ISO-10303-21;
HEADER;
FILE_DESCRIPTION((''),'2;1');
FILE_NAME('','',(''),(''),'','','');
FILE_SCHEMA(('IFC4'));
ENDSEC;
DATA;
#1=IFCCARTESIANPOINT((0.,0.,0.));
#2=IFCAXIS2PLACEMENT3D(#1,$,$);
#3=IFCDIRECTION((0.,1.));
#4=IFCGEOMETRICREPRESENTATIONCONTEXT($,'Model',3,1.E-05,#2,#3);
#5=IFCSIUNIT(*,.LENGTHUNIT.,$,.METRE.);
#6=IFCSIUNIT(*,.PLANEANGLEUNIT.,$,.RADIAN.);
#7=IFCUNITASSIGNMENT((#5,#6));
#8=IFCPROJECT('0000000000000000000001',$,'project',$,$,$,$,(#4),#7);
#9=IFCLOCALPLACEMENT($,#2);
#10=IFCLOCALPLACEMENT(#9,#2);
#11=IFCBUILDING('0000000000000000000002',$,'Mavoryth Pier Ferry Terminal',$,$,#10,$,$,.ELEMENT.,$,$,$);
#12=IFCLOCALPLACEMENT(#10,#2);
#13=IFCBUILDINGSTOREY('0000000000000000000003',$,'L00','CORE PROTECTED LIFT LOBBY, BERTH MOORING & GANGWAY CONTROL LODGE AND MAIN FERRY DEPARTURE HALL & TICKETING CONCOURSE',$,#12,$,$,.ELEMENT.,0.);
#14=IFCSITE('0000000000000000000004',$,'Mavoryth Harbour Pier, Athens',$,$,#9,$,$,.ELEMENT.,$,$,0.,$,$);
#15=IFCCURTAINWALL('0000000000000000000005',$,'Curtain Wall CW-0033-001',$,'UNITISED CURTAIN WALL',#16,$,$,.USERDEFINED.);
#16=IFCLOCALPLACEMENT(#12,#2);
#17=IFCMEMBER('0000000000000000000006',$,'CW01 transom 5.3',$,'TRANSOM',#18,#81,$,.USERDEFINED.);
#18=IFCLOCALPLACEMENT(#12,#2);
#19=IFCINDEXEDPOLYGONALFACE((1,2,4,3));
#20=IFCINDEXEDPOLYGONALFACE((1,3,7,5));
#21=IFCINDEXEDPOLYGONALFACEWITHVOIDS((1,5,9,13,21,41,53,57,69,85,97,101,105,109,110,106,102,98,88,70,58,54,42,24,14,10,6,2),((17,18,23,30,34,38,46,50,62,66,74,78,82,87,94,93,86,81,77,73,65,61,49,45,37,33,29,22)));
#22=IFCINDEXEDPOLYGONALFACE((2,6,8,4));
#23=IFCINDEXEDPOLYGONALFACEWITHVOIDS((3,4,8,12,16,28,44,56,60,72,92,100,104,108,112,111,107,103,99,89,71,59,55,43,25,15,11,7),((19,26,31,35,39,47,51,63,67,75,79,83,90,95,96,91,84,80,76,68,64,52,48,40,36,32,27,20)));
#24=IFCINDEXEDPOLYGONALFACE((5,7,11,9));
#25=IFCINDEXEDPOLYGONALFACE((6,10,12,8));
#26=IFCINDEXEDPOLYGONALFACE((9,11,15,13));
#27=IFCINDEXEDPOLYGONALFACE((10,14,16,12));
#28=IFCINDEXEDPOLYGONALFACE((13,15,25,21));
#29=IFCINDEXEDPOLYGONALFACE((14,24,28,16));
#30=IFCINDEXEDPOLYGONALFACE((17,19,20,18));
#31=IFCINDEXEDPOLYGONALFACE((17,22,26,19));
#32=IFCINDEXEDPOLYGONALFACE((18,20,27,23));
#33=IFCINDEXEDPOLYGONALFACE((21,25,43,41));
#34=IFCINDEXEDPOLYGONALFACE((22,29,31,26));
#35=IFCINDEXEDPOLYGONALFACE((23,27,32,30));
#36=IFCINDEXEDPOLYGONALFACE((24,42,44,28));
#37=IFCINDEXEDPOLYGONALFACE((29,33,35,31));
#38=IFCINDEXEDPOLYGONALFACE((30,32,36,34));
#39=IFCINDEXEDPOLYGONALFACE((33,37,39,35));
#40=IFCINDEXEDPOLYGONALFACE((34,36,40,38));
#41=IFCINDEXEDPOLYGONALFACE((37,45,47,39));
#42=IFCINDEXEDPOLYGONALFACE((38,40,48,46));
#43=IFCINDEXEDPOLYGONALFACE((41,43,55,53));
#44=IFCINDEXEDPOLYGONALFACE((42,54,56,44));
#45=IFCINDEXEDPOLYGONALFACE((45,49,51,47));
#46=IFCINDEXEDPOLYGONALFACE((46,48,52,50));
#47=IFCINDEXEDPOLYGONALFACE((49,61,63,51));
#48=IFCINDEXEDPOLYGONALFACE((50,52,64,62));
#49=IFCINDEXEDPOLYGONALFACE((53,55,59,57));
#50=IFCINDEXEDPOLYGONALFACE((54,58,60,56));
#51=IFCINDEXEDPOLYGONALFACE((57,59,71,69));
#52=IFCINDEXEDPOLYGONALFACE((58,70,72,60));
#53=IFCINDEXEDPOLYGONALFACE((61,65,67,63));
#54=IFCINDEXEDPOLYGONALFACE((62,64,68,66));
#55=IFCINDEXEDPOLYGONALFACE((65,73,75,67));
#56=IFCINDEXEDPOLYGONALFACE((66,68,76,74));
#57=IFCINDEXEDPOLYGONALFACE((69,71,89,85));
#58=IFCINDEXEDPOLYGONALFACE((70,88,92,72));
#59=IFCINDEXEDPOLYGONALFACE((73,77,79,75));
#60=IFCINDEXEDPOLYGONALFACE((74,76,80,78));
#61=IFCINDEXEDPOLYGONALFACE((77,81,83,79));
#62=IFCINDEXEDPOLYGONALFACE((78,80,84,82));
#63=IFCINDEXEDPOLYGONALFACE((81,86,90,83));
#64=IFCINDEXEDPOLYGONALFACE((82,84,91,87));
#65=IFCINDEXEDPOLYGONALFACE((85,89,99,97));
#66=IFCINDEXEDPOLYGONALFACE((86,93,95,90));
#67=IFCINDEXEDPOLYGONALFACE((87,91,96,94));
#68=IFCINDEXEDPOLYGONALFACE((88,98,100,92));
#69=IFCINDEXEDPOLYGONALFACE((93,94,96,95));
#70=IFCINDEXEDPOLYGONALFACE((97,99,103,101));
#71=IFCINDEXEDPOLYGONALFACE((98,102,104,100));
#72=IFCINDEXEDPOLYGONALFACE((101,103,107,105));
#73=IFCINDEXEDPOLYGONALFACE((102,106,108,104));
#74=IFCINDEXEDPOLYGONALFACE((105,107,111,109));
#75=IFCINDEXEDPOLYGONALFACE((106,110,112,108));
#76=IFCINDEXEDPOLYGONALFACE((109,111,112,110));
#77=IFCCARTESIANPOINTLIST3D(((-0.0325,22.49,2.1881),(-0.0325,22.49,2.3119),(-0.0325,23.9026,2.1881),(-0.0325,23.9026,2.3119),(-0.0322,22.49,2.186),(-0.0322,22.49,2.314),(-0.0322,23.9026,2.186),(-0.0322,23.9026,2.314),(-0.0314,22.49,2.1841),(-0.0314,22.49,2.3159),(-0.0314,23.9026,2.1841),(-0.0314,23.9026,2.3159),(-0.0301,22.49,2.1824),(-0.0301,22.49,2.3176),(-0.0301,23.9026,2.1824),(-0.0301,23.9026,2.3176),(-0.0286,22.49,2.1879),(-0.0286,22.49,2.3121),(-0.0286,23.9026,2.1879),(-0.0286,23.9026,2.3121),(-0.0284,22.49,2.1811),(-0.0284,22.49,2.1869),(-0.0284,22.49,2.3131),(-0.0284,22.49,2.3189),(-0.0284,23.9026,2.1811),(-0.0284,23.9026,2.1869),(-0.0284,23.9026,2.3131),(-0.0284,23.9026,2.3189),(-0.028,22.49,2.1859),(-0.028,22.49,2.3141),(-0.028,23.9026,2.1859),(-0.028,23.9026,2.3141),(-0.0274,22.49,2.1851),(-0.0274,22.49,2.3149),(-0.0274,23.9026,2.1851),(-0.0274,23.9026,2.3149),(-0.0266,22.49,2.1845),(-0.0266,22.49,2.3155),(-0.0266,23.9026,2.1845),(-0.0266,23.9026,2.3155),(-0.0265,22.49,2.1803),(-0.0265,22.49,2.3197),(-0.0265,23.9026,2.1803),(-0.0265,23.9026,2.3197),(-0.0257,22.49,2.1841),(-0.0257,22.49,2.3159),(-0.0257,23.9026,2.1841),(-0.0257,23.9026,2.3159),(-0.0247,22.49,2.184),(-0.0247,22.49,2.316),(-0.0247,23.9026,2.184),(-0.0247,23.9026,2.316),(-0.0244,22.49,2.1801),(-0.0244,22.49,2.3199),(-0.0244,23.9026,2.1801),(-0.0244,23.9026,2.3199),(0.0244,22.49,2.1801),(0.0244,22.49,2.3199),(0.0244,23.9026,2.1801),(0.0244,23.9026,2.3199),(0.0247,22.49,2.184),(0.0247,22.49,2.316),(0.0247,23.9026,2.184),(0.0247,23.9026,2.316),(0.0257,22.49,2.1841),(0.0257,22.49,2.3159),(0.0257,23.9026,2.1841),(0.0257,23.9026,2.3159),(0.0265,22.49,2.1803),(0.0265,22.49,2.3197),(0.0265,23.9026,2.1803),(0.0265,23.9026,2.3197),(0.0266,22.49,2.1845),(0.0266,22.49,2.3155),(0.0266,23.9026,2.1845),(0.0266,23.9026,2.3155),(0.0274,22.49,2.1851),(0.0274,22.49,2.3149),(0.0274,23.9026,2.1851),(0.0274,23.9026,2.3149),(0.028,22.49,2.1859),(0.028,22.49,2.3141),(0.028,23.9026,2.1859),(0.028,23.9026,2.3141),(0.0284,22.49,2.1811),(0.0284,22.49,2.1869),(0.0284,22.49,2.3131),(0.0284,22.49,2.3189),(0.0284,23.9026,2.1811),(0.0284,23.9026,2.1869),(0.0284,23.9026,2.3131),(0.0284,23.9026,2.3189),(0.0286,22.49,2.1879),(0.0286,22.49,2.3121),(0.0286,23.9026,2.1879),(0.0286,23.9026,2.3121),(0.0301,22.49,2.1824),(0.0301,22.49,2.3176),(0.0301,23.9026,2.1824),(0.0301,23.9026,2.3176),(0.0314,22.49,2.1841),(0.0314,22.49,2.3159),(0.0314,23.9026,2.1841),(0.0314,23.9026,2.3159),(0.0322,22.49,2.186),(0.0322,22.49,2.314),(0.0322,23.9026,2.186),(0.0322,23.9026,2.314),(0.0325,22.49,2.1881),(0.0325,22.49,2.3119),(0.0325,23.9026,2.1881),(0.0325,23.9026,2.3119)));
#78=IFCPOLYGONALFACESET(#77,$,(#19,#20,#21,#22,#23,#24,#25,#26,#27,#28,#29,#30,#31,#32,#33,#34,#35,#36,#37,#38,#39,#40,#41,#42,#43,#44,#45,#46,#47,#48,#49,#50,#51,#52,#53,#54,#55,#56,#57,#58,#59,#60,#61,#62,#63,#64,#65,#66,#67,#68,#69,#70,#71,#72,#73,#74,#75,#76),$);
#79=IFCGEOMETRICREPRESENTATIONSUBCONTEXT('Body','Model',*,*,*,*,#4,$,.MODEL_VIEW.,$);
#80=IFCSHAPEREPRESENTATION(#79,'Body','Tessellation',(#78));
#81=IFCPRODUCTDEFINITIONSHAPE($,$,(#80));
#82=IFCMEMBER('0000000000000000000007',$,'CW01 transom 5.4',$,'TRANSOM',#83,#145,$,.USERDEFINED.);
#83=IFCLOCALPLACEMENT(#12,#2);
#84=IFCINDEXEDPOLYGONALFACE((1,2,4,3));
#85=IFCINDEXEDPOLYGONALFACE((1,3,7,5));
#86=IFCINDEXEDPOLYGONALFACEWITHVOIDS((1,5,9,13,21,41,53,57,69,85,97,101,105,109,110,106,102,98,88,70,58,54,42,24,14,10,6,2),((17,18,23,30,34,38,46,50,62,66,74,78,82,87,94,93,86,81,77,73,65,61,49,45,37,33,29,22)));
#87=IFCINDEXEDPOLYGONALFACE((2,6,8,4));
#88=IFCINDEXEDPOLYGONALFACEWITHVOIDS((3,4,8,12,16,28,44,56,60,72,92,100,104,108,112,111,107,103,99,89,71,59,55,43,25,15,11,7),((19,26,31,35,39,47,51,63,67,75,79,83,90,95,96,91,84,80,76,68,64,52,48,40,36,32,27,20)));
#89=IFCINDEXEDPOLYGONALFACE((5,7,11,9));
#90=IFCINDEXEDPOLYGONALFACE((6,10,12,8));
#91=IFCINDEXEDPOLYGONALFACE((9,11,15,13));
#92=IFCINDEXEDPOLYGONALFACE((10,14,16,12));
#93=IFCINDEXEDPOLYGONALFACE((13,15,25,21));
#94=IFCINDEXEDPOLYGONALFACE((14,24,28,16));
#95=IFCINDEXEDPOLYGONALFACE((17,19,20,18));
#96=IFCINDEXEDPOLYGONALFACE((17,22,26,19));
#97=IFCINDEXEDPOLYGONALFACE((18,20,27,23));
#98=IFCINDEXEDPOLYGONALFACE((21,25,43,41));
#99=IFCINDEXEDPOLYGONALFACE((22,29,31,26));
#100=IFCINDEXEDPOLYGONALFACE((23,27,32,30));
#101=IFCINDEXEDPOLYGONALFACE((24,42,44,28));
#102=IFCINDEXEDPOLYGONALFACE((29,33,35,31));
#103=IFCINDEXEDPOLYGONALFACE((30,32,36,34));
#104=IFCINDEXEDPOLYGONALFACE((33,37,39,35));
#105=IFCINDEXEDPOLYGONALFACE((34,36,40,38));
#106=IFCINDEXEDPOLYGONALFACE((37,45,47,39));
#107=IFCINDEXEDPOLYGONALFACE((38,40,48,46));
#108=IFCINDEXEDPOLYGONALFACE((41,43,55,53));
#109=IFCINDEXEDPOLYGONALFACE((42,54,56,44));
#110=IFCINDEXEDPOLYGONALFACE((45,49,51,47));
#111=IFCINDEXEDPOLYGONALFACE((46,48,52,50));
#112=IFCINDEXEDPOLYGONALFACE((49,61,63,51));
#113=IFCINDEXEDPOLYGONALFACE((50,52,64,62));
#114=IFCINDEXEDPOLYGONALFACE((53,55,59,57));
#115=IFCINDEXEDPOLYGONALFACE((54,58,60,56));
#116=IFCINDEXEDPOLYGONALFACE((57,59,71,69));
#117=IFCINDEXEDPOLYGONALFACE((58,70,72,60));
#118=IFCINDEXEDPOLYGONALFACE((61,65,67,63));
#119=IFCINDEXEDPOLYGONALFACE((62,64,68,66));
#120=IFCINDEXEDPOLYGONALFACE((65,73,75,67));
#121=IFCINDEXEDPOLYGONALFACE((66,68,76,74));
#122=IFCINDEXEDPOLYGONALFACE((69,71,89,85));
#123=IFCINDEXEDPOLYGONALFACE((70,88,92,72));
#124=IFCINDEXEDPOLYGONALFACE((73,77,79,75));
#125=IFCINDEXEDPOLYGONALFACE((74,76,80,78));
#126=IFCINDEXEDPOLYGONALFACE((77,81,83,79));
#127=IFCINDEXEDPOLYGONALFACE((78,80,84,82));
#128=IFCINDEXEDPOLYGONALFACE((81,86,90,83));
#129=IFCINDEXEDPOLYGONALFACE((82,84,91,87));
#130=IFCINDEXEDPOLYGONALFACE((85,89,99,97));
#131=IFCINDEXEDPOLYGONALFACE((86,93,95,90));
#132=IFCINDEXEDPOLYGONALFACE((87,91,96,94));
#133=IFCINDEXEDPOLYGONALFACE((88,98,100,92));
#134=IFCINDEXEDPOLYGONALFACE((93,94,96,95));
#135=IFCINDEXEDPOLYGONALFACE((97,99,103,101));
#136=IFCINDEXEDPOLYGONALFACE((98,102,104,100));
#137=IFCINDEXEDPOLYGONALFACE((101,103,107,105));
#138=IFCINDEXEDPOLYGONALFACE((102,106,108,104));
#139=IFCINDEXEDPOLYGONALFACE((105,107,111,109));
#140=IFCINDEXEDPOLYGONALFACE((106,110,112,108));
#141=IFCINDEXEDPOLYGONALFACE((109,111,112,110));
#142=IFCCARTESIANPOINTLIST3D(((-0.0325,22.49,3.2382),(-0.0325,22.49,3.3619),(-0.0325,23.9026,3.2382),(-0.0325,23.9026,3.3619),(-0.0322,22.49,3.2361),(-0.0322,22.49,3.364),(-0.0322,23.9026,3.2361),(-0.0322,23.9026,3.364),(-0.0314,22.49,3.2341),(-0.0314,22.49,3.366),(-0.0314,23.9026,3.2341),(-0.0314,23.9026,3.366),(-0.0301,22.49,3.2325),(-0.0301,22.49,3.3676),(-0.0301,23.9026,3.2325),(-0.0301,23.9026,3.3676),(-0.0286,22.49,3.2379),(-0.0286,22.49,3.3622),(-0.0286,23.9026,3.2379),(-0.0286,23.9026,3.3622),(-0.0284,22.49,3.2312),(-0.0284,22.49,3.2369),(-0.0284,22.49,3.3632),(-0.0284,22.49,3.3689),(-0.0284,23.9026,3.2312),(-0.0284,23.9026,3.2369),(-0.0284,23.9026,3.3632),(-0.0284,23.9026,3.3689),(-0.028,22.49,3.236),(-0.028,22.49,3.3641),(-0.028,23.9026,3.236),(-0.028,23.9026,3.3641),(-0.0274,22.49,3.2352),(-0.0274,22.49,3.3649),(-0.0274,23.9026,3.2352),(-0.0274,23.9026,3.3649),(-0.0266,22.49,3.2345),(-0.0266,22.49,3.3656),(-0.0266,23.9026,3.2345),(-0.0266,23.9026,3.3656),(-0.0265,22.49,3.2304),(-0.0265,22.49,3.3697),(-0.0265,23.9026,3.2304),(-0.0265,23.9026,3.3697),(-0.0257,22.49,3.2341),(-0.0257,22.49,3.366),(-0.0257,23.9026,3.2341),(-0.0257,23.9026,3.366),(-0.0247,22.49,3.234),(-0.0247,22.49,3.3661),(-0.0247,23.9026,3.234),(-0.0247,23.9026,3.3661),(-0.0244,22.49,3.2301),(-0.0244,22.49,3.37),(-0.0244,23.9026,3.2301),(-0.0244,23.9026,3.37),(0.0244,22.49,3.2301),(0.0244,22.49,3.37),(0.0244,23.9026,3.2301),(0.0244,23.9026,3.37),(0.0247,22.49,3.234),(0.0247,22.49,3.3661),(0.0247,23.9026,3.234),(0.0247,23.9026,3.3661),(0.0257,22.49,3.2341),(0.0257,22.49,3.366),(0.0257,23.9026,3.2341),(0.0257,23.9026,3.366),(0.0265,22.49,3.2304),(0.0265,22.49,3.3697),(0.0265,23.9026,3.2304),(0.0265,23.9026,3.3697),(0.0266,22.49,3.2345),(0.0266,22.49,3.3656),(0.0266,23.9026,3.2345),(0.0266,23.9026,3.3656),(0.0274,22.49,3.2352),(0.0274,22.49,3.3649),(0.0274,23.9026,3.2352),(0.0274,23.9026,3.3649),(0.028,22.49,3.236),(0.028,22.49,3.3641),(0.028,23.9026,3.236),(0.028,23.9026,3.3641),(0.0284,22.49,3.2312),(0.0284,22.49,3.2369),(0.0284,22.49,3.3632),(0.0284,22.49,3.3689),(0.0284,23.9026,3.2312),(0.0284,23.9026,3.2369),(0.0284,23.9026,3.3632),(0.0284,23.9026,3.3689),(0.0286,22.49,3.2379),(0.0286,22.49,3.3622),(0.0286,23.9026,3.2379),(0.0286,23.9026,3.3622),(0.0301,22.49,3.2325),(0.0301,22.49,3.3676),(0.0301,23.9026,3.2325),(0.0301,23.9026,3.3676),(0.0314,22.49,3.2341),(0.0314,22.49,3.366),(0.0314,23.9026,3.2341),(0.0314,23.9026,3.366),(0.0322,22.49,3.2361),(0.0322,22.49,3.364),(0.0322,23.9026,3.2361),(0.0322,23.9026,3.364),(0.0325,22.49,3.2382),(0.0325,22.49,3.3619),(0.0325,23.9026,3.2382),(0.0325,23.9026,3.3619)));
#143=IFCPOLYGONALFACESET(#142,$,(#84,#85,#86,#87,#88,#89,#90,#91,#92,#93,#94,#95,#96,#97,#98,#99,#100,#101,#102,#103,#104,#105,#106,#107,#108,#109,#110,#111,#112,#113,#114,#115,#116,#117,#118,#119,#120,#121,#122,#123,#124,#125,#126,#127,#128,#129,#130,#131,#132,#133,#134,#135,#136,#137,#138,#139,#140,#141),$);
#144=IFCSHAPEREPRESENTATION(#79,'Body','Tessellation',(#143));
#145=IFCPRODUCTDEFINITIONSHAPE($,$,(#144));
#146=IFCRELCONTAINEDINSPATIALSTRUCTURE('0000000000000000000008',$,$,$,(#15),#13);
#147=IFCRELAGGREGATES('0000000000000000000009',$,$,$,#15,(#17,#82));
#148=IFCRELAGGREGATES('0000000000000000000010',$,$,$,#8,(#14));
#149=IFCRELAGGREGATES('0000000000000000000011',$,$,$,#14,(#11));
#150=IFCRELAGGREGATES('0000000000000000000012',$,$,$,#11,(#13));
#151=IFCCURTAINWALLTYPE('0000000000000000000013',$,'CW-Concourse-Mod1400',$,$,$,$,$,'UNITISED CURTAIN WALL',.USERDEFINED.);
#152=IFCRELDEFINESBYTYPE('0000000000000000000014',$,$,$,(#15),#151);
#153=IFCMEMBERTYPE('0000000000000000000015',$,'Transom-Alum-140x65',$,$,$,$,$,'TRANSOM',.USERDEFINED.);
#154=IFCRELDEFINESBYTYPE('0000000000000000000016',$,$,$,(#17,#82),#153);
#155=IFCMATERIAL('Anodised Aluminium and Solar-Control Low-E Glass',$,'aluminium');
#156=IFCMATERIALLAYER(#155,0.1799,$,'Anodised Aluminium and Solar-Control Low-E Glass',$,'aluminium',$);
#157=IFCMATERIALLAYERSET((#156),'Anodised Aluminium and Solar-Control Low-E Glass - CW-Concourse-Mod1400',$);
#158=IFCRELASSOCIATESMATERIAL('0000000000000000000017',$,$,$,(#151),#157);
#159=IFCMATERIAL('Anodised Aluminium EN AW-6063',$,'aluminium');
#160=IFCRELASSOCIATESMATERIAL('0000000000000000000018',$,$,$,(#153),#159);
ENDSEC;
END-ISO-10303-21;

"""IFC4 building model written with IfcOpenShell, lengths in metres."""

from ifc_helpers import new_model, si_unit, direction, frame, origin, origin_2d, place, context, subcontext, project, spatial, hollow_rectangle, extrude, material, layer, layer_set, material_profile, profile_set, type_object, element, aggregate, save


model = new_model("IFC4")

# Units and contexts
model_context = context("Model", 3, precision=1e-05, world=origin(), true_north=direction((0.0, 1.0)))
body_context = subcontext(model_context, "Body", "Model", "MODEL_VIEW")
ifc_project = project(units=[si_unit("LENGTHUNIT", "METRE"), si_unit("PLANEANGLEUNIT", "RADIAN")], contexts=[model_context])

# Site, building, storey
site_placement = place(None, origin())
site = spatial("IfcSite", under=ifc_project, at=site_placement, Name="Mavoryth Harbour Pier, Athens", CompositionType="ELEMENT", RefElevation=0.0)
building_placement = place(site_placement, origin())
building = spatial("IfcBuilding", under=site, at=building_placement, Name="Mavoryth Pier Ferry Terminal", CompositionType="ELEMENT")
storey_placement = place(building_placement, origin())
storey = spatial("IfcBuildingStorey", under=building, at=storey_placement, Name="L00", Description="CORE PROTECTED LIFT LOBBY, BERTH MOORING & GANGWAY CONTROL LODGE AND MAIN FERRY DEPARTURE HALL & TICKETING CONCOURSE", CompositionType="ELEMENT", Elevation=0.0)

# Curtain wall, members
ifc_material_1 = material(Name="Anodised Aluminium and Solar-Control Low-E Glass", Category="aluminium")
ifc_layer_1 = layer(ifc_material_1, 0.1799, Name="Anodised Aluminium and Solar-Control Low-E Glass", Category="aluminium")
ifc_layer_set_1 = layer_set([ifc_layer_1], Name="Anodised Aluminium and Solar-Control Low-E Glass - CW-Concourse-Mod1400")
curtain_wall_type = type_object("IfcCurtainWallType", Name="CW-Concourse-Mod1400", ElementType="UNITISED CURTAIN WALL", PredefinedType="USERDEFINED", material=ifc_layer_set_1)
curtain_wall_placement = place(storey_placement, origin())
curtain_wall = element("IfcCurtainWall", 1, at=curtain_wall_placement, inside=storey, type_object=curtain_wall_type, Name="Curtain Wall CW-0033-001", ObjectType="UNITISED CURTAIN WALL", PredefinedType="USERDEFINED")
ifc_material_2 = material(Name="Anodised Aluminium EN AW-6063", Category="aluminium")
ifc_material_profile_1 = material_profile(ifc_material_2, hollow_rectangle(XDim=0.0649, YDim=0.1399, WallThickness=0.0039, InnerFilletRadius=0.0039, OuterFilletRadius=0.0081, at=origin_2d()), Name="AL-TRAN 140x65x4", Category="aluminium")
ifc_profile_set_1 = profile_set([ifc_material_profile_1], Name="Anodised Aluminium EN AW-6063 - AL-TRAN 140x65x4")
member_type_1 = type_object("IfcMemberType", Name="Transom-Alum-140x65", ElementType="TRANSOM", PredefinedType="USERDEFINED", material=ifc_profile_set_1)
member_1_placement = place(storey_placement, frame((0.0, 23.9026, 2.25), z_axis=(0.0, -1.0, 0.0), x_axis=(1.0, 0.0, 0.0)))
member_1 = element("IfcMember", 2, at=member_1_placement, type_object=member_type_1, Name="CW01 transom 5.3", ObjectType="TRANSOM", PredefinedType="USERDEFINED", context=body_context, shape_type="SweptSolid", body=[
    extrude(hollow_rectangle(XDim=0.0649, YDim=0.1399, WallThickness=0.0039, InnerFilletRadius=0.0039, OuterFilletRadius=0.0081, at=origin_2d()), origin(), (0.0, 0.0, 1.0), 1.4126),
])
member_2_placement = place(storey_placement, frame((0.0, 23.9026, 3.3), z_axis=(0.0, -1.0, 0.0), x_axis=(1.0, 0.0, 0.0)))
member_2 = element("IfcMember", 3, at=member_2_placement, type_object=member_type_1, Name="CW01 transom 5.4", ObjectType="TRANSOM", PredefinedType="USERDEFINED", context=body_context, shape_type="SweptSolid", body=[
    extrude(hollow_rectangle(XDim=0.0649, YDim=0.1399, WallThickness=0.0039, InnerFilletRadius=0.0039, OuterFilletRadius=0.0081, at=origin_2d()), origin(), (0.0, 0.0, 1.0), 1.4126),
])
aggregate(curtain_wall, [member_1, member_2])

save(model, "model.ifc")
